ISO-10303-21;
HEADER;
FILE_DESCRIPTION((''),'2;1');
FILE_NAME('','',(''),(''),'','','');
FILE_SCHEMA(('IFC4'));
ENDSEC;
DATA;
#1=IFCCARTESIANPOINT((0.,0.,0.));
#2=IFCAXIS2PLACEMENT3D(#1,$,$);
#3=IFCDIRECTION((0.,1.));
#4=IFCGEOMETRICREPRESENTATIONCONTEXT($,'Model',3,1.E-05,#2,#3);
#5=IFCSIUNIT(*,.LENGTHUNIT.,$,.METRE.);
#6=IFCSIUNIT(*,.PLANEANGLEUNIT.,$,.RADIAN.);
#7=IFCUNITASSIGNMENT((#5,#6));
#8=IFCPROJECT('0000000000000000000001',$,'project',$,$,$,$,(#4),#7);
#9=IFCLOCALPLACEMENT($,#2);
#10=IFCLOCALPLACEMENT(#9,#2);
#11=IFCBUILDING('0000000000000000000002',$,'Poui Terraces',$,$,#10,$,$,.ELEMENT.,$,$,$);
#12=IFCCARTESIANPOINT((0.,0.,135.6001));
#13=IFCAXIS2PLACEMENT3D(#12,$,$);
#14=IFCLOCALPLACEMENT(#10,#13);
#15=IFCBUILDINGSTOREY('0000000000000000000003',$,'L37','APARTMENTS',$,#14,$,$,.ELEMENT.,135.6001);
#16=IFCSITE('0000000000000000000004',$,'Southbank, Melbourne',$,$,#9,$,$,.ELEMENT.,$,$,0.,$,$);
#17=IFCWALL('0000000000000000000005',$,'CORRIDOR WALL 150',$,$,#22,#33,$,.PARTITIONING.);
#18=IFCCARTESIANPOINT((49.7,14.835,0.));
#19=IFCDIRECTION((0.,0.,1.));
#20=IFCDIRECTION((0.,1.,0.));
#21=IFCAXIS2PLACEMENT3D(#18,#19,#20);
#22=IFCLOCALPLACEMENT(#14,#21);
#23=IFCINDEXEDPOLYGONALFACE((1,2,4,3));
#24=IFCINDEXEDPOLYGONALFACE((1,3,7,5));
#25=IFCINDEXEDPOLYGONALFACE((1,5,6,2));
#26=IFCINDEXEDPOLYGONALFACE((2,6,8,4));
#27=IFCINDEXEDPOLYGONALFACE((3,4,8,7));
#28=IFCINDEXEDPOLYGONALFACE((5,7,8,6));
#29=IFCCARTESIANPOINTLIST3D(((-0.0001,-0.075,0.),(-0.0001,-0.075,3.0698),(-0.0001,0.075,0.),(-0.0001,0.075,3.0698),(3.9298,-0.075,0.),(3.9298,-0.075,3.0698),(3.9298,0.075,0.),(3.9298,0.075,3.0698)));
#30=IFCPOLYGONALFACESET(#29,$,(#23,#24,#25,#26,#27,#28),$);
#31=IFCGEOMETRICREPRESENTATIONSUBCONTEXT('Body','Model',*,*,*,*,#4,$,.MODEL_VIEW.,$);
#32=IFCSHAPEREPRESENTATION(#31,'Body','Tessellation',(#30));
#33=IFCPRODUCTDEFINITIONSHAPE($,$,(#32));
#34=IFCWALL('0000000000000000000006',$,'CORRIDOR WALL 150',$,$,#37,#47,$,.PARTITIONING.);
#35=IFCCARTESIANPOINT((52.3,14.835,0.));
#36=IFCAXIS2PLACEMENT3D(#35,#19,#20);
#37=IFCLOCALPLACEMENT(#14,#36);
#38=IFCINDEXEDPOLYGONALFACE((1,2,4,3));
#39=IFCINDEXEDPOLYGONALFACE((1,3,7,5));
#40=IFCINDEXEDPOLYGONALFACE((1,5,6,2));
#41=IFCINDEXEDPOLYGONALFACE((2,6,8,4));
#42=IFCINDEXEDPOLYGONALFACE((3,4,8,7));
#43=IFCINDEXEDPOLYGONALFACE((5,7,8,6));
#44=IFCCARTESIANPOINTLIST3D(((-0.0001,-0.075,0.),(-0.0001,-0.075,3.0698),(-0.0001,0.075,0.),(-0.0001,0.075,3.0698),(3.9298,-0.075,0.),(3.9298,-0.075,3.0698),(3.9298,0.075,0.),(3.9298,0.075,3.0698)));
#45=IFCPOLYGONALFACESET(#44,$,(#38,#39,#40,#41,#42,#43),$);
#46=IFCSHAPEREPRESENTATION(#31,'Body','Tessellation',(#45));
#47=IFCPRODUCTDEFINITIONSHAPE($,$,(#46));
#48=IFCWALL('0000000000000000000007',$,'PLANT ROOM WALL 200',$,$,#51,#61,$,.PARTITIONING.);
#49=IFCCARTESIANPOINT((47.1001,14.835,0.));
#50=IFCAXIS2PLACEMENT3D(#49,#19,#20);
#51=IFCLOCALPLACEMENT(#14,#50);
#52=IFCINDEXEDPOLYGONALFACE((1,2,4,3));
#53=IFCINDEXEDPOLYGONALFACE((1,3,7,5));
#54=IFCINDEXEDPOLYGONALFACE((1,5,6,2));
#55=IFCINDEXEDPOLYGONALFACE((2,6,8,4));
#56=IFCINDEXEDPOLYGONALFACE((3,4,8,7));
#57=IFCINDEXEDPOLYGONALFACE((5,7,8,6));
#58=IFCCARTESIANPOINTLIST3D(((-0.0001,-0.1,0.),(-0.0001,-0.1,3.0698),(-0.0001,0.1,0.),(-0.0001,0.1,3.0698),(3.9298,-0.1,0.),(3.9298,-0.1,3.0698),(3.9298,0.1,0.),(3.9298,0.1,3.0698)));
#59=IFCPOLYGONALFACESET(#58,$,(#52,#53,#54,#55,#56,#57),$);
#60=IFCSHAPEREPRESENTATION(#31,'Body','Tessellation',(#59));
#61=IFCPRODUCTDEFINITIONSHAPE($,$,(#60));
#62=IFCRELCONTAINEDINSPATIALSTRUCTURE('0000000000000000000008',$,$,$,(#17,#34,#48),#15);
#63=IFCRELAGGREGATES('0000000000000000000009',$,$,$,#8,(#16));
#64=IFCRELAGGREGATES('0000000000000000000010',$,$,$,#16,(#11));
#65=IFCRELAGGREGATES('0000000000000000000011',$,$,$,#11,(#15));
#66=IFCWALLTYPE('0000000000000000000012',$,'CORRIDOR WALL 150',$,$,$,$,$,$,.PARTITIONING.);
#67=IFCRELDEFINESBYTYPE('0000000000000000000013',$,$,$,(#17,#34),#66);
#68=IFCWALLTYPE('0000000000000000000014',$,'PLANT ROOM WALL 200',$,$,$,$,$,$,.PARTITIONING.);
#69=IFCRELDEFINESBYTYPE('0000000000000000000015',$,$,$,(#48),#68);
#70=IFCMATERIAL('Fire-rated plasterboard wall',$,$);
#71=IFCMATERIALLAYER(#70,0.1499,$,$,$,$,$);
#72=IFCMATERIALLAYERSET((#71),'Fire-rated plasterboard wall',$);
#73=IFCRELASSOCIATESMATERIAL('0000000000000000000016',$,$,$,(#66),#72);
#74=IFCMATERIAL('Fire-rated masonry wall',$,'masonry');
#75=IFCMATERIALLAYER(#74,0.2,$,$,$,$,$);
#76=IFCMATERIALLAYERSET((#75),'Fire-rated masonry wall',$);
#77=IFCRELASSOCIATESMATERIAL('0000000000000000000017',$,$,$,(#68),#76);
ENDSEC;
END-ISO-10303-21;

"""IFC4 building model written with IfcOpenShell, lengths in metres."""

from ifc_helpers import new_model, si_unit, direction, frame, frame_2d, origin, place, context, subcontext, project, spatial, rectangle, extrude, material, layer, layer_set, type_object, element, save


model = new_model("IFC4")

# Units and contexts
model_context = context("Model", 3, precision=1e-05, world=origin(), true_north=direction((0.0, 1.0)))
body_context = subcontext(model_context, "Body", "Model", "MODEL_VIEW")
ifc_project = project(units=[si_unit("LENGTHUNIT", "METRE"), si_unit("PLANEANGLEUNIT", "RADIAN")], contexts=[model_context])

# Site, building, storey
site_placement = place(None, origin())
site = spatial("IfcSite", under=ifc_project, at=site_placement, Name="Southbank, Melbourne", CompositionType="ELEMENT", RefElevation=0.0)
building_placement = place(site_placement, origin())
building = spatial("IfcBuilding", under=site, at=building_placement, Name="Poui Terraces", CompositionType="ELEMENT")
storey_placement = place(building_placement, frame((0.0, 0.0, 135.6001)))
storey = spatial("IfcBuildingStorey", under=building, at=storey_placement, Name="L37", Description="APARTMENTS", CompositionType="ELEMENT", Elevation=135.6001)

# Walls
ifc_material_1 = material(Name="Fire-rated plasterboard wall")
ifc_layer_1 = layer(ifc_material_1, 0.1499)
ifc_layer_set_1 = layer_set([ifc_layer_1], Name="Fire-rated plasterboard wall")
wall_type_1 = type_object("IfcWallType", Name="CORRIDOR WALL 150", PredefinedType="PARTITIONING", material=ifc_layer_set_1)
for number, where, z_axis, x_axis, name in (
    (1, (49.7, 14.835, 0.0), (0.0, 0.0, 1.0), (0.0, 1.0, 0.0), "CORRIDOR WALL 150"),
    (2, (52.3, 14.835, 0.0), (0.0, 0.0, 1.0), (0.0, 1.0, 0.0), "CORRIDOR WALL 150"),
):
    element("IfcWall", number, at=place(storey_placement, frame(where, z_axis=z_axis, x_axis=x_axis)), inside=storey, type_object=wall_type_1, Name=name, PredefinedType="PARTITIONING", context=body_context, shape_type="SweptSolid", body=[
        extrude(rectangle(XDim=3.9299, YDim=0.1499, at=frame_2d((1.9648, 0.0))), origin(), (0.0, 0.0, 1.0), 3.0698),
    ])

# Wall
ifc_material_2 = material(Name="Fire-rated masonry wall", Category="masonry")
ifc_layer_2 = layer(ifc_material_2, 0.2)
ifc_layer_set_2 = layer_set([ifc_layer_2], Name="Fire-rated masonry wall")
wall_type_2 = type_object("IfcWallType", Name="PLANT ROOM WALL 200", PredefinedType="PARTITIONING", material=ifc_layer_set_2)
wall_1_placement = place(storey_placement, frame((47.1001, 14.835, 0.0), z_axis=(0.0, 0.0, 1.0), x_axis=(0.0, 1.0, 0.0)))
element("IfcWall", 3, at=wall_1_placement, inside=storey, type_object=wall_type_2, Name="PLANT ROOM WALL 200", PredefinedType="PARTITIONING", context=body_context, shape_type="SweptSolid", body=[
    extrude(rectangle(XDim=3.9299, YDim=0.2, at=frame_2d((1.9648, 0.0))), origin(), (0.0, 0.0, 1.0), 3.0698),
])

save(model, "model.ifc")
